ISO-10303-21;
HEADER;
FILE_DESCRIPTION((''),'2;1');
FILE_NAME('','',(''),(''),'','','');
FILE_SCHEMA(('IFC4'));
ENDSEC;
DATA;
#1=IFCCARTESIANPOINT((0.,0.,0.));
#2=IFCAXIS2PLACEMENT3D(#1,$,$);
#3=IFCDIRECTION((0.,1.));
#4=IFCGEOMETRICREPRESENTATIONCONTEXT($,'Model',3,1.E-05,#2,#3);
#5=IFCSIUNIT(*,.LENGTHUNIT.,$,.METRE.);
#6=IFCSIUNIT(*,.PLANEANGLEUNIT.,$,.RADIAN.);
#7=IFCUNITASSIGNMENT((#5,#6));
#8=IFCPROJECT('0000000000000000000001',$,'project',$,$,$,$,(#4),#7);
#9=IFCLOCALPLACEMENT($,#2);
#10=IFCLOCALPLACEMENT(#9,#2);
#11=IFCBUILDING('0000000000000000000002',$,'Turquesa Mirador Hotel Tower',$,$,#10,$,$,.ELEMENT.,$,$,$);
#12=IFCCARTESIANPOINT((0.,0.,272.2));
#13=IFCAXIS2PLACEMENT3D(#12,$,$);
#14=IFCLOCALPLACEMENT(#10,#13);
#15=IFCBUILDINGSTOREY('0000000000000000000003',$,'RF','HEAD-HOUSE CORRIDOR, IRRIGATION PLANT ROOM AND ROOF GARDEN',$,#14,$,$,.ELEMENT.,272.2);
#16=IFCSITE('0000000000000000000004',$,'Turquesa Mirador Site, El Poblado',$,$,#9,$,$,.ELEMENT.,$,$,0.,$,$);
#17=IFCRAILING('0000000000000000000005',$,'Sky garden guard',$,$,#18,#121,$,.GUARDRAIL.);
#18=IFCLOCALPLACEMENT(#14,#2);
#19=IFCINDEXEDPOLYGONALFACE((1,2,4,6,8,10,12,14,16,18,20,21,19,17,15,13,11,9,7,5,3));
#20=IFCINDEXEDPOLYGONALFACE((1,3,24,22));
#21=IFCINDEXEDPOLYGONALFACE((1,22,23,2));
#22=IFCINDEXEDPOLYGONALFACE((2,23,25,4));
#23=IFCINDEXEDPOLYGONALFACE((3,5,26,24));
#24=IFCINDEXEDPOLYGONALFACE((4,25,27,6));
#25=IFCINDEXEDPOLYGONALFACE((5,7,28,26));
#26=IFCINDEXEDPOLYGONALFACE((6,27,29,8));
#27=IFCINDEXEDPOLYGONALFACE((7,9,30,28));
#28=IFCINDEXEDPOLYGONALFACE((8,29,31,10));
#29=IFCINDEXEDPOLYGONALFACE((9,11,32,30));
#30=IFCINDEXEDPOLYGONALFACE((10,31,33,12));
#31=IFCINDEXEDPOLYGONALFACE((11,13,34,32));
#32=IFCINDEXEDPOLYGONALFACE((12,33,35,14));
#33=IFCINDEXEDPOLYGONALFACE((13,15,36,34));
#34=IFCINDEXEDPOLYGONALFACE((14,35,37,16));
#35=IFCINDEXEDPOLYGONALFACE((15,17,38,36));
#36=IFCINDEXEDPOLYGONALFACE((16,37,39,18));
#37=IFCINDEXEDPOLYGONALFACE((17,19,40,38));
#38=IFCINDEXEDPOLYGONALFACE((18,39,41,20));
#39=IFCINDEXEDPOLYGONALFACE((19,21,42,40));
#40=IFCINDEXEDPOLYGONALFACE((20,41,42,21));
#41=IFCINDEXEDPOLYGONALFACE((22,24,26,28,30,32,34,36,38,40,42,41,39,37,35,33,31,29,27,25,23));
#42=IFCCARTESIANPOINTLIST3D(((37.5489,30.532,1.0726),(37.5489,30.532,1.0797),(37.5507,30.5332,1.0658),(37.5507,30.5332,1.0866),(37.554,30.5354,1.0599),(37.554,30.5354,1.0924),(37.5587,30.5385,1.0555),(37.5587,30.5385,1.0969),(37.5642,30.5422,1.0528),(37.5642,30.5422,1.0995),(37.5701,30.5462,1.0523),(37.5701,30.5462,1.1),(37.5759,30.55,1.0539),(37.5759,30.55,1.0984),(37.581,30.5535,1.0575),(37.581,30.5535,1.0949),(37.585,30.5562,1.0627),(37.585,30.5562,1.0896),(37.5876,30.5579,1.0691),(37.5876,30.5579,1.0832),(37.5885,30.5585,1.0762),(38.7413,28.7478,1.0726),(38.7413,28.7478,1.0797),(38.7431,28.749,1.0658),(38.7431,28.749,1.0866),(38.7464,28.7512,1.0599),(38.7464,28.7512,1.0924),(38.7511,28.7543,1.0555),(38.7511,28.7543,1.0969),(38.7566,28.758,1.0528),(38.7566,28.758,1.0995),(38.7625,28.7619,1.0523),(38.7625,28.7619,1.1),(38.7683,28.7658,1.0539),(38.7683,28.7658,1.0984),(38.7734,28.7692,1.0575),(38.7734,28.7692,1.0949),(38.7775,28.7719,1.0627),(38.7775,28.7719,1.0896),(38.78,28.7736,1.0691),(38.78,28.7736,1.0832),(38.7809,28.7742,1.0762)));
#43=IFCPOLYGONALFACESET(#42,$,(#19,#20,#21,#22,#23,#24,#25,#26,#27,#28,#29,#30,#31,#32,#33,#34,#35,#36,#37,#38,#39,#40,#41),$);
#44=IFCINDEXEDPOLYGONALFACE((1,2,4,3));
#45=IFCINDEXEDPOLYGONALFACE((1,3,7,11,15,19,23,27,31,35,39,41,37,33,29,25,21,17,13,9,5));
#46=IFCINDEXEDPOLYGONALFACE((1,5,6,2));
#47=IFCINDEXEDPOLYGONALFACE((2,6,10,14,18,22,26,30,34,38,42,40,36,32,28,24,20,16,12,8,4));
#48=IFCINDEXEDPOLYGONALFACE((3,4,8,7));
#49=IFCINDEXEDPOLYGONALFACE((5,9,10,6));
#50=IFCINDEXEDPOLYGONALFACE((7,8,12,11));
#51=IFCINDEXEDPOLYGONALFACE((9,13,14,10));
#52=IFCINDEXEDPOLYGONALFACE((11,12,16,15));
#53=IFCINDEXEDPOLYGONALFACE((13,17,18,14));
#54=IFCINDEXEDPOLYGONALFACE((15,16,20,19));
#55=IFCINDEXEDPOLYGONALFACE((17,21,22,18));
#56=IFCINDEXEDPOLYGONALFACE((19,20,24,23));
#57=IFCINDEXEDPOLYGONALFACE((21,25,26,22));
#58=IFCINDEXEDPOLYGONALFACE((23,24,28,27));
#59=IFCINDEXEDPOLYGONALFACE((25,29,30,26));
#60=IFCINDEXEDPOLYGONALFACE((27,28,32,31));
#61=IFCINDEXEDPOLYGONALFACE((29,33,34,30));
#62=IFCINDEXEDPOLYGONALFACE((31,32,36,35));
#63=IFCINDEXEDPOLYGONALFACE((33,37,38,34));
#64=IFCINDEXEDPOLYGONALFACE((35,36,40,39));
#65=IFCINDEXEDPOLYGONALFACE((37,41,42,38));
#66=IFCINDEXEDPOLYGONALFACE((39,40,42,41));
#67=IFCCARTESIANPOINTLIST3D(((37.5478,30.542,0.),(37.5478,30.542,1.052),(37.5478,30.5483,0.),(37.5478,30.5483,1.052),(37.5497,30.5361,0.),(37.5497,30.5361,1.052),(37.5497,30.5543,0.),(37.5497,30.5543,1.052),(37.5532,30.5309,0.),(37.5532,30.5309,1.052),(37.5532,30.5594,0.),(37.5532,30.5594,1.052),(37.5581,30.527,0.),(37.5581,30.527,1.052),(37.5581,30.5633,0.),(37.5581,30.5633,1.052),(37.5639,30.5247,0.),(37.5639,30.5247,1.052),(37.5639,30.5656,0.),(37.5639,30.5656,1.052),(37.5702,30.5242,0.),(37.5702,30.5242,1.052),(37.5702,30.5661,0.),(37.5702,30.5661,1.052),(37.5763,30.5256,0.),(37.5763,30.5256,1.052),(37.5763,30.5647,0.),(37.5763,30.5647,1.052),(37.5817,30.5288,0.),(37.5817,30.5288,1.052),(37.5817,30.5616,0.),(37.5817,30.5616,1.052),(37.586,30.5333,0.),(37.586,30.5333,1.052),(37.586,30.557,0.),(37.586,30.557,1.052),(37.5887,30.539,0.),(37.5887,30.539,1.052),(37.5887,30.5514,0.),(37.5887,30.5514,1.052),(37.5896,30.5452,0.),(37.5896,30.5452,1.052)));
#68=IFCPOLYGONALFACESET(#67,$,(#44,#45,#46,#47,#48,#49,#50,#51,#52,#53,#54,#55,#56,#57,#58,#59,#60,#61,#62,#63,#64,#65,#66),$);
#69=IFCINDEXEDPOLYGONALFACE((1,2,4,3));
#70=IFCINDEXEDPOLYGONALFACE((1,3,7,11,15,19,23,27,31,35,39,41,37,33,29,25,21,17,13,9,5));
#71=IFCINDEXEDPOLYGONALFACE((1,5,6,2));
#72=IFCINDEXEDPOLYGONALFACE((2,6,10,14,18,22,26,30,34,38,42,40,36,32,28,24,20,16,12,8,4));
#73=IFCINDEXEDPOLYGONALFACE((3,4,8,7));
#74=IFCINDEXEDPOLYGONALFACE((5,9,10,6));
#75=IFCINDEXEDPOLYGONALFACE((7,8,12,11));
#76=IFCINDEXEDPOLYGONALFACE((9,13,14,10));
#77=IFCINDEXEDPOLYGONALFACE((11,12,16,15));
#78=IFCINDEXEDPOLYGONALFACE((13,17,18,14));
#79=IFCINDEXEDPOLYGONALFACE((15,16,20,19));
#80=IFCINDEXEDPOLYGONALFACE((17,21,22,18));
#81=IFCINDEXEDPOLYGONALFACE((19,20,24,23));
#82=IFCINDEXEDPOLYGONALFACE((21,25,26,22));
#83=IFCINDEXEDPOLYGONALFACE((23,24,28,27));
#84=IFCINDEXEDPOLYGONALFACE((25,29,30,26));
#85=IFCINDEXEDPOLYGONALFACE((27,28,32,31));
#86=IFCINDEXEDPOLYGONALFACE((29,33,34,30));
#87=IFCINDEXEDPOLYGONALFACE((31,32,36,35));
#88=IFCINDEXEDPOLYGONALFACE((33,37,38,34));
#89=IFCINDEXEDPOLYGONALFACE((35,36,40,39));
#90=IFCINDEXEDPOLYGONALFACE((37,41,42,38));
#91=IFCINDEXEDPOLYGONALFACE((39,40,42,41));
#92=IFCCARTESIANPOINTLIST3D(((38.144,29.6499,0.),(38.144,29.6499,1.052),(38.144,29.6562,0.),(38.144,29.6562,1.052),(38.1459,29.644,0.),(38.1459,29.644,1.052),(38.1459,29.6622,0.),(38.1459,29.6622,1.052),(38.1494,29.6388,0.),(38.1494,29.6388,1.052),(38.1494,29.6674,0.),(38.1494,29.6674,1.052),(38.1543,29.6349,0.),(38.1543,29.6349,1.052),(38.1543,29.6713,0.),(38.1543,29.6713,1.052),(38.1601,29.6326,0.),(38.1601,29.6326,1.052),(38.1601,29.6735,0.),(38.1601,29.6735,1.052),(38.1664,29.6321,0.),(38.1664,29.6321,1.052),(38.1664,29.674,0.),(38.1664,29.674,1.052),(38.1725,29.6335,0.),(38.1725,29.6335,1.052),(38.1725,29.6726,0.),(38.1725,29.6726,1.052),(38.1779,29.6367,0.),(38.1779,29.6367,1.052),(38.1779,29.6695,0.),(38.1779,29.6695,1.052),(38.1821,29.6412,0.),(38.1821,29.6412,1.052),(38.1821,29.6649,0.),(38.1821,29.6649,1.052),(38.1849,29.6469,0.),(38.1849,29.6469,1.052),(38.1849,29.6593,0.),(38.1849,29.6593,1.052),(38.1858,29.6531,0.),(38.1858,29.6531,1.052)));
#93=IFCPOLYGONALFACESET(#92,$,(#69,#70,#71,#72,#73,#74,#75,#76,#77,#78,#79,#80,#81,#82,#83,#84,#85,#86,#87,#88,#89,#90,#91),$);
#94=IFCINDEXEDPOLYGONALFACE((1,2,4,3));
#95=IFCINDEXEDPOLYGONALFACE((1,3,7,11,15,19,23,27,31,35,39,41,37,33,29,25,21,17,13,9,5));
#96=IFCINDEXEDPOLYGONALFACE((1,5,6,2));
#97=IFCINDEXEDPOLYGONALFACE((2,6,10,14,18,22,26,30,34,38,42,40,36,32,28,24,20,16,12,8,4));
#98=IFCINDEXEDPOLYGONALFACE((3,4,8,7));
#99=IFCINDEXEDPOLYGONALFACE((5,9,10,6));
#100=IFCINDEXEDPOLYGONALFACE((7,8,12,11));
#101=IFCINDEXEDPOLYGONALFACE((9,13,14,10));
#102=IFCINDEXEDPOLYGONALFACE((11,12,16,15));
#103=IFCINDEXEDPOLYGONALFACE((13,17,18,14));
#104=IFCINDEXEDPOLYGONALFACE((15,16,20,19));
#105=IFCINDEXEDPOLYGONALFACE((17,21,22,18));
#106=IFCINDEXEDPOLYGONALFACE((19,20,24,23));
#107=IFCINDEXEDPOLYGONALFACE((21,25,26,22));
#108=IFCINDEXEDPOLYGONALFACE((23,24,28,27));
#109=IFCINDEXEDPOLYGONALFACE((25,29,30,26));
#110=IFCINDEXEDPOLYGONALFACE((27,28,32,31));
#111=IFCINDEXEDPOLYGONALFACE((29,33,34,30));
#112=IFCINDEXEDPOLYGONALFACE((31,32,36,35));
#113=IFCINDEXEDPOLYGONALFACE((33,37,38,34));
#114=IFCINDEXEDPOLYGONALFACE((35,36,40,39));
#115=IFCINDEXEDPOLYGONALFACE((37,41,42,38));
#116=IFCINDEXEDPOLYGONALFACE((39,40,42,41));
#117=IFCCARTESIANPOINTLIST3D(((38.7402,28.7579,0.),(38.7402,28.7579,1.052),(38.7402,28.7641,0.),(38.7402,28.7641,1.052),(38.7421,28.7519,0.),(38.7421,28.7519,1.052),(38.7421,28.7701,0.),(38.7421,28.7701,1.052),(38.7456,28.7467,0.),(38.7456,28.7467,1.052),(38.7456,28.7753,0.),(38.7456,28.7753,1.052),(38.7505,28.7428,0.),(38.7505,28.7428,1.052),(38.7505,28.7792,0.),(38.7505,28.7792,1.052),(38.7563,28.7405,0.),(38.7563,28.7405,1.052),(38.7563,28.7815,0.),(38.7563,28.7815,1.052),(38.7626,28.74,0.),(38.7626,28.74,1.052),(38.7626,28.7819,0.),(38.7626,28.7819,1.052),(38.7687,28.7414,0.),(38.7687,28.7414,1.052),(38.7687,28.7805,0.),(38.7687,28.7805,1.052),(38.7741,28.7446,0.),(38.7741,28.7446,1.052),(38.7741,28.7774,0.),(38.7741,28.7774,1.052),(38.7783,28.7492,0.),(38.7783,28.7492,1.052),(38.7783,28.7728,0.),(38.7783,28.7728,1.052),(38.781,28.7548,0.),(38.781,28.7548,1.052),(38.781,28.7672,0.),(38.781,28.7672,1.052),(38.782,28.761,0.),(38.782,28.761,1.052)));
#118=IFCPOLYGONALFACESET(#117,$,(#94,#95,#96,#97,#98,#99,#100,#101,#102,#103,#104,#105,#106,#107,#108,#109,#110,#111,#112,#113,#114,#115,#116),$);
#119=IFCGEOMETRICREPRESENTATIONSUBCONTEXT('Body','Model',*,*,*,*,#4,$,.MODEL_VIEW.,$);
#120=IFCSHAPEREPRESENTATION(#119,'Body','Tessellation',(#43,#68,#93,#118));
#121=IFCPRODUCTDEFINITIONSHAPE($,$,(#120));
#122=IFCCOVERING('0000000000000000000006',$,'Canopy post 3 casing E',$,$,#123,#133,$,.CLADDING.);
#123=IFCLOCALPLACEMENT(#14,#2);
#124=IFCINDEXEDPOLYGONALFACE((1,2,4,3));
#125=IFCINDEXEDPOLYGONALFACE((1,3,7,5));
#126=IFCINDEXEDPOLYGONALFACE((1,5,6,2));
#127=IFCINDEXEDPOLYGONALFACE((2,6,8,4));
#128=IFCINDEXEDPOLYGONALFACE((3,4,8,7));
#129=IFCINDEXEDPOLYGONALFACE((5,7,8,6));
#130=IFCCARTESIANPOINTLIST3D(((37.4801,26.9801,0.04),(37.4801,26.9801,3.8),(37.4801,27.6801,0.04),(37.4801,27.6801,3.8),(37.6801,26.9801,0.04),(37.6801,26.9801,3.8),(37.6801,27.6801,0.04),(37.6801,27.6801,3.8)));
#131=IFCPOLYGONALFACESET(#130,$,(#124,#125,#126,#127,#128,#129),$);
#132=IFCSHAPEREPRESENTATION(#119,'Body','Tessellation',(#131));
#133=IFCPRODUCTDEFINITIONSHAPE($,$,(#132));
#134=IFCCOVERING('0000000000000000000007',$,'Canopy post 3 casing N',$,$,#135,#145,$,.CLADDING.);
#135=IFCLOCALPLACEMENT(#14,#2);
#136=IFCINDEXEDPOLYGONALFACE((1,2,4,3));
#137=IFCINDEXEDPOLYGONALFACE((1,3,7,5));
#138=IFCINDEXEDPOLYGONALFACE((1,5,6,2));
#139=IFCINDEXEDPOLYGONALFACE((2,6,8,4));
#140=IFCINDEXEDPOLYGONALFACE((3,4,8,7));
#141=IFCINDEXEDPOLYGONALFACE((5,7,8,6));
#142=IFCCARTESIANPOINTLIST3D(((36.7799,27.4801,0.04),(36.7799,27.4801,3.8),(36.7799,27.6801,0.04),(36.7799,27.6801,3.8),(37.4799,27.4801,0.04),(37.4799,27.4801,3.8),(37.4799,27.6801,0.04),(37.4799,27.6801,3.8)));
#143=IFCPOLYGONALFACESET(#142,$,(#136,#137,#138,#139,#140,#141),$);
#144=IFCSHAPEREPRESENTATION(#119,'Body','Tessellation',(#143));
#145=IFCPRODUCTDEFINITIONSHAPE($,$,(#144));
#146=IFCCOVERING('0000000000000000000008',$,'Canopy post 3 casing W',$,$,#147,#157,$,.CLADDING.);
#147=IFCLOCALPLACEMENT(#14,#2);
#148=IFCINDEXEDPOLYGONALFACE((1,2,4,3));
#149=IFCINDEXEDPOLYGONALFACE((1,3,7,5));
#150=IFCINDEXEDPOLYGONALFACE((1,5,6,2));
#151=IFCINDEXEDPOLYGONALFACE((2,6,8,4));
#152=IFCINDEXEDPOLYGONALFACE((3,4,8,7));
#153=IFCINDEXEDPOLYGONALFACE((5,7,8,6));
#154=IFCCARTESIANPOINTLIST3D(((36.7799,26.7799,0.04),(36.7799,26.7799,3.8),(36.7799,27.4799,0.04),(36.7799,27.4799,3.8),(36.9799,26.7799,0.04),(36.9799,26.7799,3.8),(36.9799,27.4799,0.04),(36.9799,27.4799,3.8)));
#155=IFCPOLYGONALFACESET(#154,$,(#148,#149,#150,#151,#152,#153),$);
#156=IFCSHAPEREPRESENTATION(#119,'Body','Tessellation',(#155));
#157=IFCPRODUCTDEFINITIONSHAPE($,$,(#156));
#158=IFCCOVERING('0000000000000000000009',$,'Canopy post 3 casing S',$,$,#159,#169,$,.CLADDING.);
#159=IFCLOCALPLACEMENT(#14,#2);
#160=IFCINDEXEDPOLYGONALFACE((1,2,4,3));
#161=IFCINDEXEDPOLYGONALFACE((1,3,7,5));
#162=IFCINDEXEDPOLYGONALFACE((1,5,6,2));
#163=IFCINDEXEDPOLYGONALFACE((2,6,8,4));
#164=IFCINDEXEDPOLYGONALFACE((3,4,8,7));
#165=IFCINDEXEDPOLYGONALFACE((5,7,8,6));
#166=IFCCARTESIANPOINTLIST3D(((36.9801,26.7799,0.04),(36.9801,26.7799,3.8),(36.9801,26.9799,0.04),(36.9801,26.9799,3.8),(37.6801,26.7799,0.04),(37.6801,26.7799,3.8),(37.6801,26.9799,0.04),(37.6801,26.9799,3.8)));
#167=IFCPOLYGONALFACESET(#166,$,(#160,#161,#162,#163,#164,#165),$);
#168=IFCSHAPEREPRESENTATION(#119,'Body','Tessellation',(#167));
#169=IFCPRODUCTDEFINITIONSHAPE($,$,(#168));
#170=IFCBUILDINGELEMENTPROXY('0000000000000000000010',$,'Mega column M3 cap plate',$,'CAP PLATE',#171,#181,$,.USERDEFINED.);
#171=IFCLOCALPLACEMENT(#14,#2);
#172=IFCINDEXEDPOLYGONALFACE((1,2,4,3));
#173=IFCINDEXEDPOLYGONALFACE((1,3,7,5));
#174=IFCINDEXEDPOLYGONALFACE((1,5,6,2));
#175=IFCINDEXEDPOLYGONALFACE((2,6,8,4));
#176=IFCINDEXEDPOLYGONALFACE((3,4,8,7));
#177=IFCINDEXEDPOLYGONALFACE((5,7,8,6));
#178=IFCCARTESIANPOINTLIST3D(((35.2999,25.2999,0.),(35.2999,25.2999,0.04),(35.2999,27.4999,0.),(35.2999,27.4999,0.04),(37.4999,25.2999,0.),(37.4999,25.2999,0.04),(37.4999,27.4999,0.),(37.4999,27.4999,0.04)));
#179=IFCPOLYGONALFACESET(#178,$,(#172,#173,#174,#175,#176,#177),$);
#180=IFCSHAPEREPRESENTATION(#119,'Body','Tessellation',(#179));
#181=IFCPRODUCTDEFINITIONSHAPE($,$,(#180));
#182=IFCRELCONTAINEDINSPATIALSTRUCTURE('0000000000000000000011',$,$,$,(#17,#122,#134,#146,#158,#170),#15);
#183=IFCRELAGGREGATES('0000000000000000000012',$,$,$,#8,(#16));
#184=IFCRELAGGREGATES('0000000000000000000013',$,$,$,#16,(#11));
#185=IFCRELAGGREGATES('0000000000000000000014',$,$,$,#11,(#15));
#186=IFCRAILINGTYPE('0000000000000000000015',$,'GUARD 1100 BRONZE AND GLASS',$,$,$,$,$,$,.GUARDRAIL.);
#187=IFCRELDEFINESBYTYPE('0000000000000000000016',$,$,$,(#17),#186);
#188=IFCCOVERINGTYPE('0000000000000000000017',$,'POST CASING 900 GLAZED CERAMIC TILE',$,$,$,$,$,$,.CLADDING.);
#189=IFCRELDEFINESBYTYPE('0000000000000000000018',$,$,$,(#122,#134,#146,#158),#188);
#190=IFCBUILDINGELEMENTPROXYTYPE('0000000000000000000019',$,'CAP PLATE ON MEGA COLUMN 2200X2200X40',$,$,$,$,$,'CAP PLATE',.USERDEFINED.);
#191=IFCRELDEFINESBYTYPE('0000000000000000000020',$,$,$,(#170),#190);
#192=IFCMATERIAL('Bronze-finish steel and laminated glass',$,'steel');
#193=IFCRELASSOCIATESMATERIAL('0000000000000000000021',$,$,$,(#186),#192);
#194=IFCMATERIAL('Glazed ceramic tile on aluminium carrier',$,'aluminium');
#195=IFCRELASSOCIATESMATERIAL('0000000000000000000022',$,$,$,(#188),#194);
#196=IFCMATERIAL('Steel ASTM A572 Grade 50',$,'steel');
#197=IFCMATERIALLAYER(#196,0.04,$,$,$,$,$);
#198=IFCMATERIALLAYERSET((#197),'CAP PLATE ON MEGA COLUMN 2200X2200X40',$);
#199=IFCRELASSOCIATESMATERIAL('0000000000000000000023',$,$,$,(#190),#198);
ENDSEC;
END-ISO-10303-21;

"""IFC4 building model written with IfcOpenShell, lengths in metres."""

from ifc_helpers import new_model, si_unit, direction, frame, origin, origin_2d, place, context, subcontext, project, spatial, rectangle, circle, extrude, material, layer, layer_set, type_object, element, save


model = new_model("IFC4")

# Units and contexts
model_context = context("Model", 3, precision=1e-05, world=origin(), true_north=direction((0.0, 1.0)))
body_context = subcontext(model_context, "Body", "Model", "MODEL_VIEW")
ifc_project = project(units=[si_unit("LENGTHUNIT", "METRE"), si_unit("PLANEANGLEUNIT", "RADIAN")], contexts=[model_context])

# Site, building, storey
site_placement = place(None, origin())
site = spatial("IfcSite", under=ifc_project, at=site_placement, Name="Turquesa Mirador Site, El Poblado", CompositionType="ELEMENT", RefElevation=0.0)
building_placement = place(site_placement, origin())
building = spatial("IfcBuilding", under=site, at=building_placement, Name="Turquesa Mirador Hotel Tower", CompositionType="ELEMENT")
storey_placement = place(building_placement, frame((0.0, 0.0, 272.2)))
storey = spatial("IfcBuildingStorey", under=building, at=storey_placement, Name="RF", Description="HEAD-HOUSE CORRIDOR, IRRIGATION PLANT ROOM AND ROOF GARDEN", CompositionType="ELEMENT", Elevation=272.2)

# Railing
ifc_material_1 = material(Name="Bronze-finish steel and laminated glass", Category="steel")
railing_type = type_object("IfcRailingType", Name="GUARD 1100 BRONZE AND GLASS", PredefinedType="GUARDRAIL", material=ifc_material_1)
railing_1_placement = place(storey_placement, frame((37.5686, 30.5452, 0.0)))
element("IfcRailing", 1, at=railing_1_placement, inside=storey, type_object=railing_type, Name="Sky garden guard", PredefinedType="GUARDRAIL", context=body_context, shape_type="SweptSolid", body=[
    extrude(circle(Radius=0.0239, at=origin_2d()), frame((0.0, 0.0, 1.0762), z_axis=(0.555645, -0.83142, 0.0), x_axis=(0.83142, 0.555645, 0.0)), (0.0, 0.0, 1.0), 2.146),
    extrude(circle(Radius=0.021, at=origin_2d()), origin(), (0.0, 0.0, 1.0), 1.052),
    extrude(circle(Radius=0.021, at=origin_2d()), frame((0.5962, -0.8921, 0.0)), (0.0, 0.0, 1.0), 1.052),
    extrude(circle(Radius=0.021, at=origin_2d()), frame((1.1924, -1.7842, 0.0)), (0.0, 0.0, 1.0), 1.052),
])

# Coverings
ifc_material_2 = material(Name="Glazed ceramic tile on aluminium carrier", Category="aluminium")
covering_type_1 = type_object("IfcCoveringType", Name="POST CASING 900 GLAZED CERAMIC TILE", PredefinedType="CLADDING", material=ifc_material_2)
covering_1_placement = place(storey_placement, frame((37.5801, 27.3301, 0.04), z_axis=(0.0, 0.0, 1.0), x_axis=(1.0, 0.0, 0.0)))
element("IfcCovering", 2, at=covering_1_placement, inside=storey, type_object=covering_type_1, Name="Canopy post 3 casing E", PredefinedType="CLADDING", context=body_context, shape_type="SweptSolid", body=[
    extrude(rectangle(XDim=0.2, YDim=0.7, at=origin_2d()), origin(), (0.0, 0.0, 1.0), 3.76),
])
covering_2_placement = place(storey_placement, frame((37.1299, 27.5801, 0.04), z_axis=(0.0, 0.0, 1.0), x_axis=(1.0, 0.0, 0.0)))
element("IfcCovering", 3, at=covering_2_placement, inside=storey, type_object=covering_type_1, Name="Canopy post 3 casing N", PredefinedType="CLADDING", context=body_context, shape_type="SweptSolid", body=[
    extrude(rectangle(XDim=0.7, YDim=0.2, at=origin_2d()), origin(), (0.0, 0.0, 1.0), 3.76),
])
covering_3_placement = place(storey_placement, frame((36.8799, 27.1299, 0.04), z_axis=(0.0, 0.0, 1.0), x_axis=(1.0, 0.0, 0.0)))
element("IfcCovering", 4, at=covering_3_placement, inside=storey, type_object=covering_type_1, Name="Canopy post 3 casing W", PredefinedType="CLADDING", context=body_context, shape_type="SweptSolid", body=[
    extrude(rectangle(XDim=0.2, YDim=0.7, at=origin_2d()), origin(), (0.0, 0.0, 1.0), 3.76),
])
covering_4_placement = place(storey_placement, frame((37.3301, 26.8799, 0.04), z_axis=(0.0, 0.0, 1.0), x_axis=(1.0, 0.0, 0.0)))
element("IfcCovering", 5, at=covering_4_placement, inside=storey, type_object=covering_type_1, Name="Canopy post 3 casing S", PredefinedType="CLADDING", context=body_context, shape_type="SweptSolid", body=[
    extrude(rectangle(XDim=0.7, YDim=0.2, at=origin_2d()), origin(), (0.0, 0.0, 1.0), 3.76),
])

# Building element proxy
ifc_material_3 = material(Name="Steel ASTM A572 Grade 50", Category="steel")
ifc_layer_1 = layer(ifc_material_3, 0.04)
ifc_layer_set_1 = layer_set([ifc_layer_1], Name="CAP PLATE ON MEGA COLUMN 2200X2200X40")
building_element_proxy_type = type_object("IfcBuildingElementProxyType", Name="CAP PLATE ON MEGA COLUMN 2200X2200X40", ElementType="CAP PLATE", PredefinedType="USERDEFINED", material=ifc_layer_set_1)
proxy_placement = place(storey_placement, frame((36.3999, 26.3999, 0.0), z_axis=(0.0, 0.0, 1.0), x_axis=(1.0, 0.0, 0.0)))
element("IfcBuildingElementProxy", 6, at=proxy_placement, inside=storey, type_object=building_element_proxy_type, Name="Mega column M3 cap plate", ObjectType="CAP PLATE", PredefinedType="USERDEFINED", context=body_context, shape_type="SweptSolid", body=[
    extrude(rectangle(XDim=2.2, YDim=2.2, at=origin_2d()), origin(), (0.0, 0.0, 1.0), 0.04),
])

save(model, "model.ifc")
